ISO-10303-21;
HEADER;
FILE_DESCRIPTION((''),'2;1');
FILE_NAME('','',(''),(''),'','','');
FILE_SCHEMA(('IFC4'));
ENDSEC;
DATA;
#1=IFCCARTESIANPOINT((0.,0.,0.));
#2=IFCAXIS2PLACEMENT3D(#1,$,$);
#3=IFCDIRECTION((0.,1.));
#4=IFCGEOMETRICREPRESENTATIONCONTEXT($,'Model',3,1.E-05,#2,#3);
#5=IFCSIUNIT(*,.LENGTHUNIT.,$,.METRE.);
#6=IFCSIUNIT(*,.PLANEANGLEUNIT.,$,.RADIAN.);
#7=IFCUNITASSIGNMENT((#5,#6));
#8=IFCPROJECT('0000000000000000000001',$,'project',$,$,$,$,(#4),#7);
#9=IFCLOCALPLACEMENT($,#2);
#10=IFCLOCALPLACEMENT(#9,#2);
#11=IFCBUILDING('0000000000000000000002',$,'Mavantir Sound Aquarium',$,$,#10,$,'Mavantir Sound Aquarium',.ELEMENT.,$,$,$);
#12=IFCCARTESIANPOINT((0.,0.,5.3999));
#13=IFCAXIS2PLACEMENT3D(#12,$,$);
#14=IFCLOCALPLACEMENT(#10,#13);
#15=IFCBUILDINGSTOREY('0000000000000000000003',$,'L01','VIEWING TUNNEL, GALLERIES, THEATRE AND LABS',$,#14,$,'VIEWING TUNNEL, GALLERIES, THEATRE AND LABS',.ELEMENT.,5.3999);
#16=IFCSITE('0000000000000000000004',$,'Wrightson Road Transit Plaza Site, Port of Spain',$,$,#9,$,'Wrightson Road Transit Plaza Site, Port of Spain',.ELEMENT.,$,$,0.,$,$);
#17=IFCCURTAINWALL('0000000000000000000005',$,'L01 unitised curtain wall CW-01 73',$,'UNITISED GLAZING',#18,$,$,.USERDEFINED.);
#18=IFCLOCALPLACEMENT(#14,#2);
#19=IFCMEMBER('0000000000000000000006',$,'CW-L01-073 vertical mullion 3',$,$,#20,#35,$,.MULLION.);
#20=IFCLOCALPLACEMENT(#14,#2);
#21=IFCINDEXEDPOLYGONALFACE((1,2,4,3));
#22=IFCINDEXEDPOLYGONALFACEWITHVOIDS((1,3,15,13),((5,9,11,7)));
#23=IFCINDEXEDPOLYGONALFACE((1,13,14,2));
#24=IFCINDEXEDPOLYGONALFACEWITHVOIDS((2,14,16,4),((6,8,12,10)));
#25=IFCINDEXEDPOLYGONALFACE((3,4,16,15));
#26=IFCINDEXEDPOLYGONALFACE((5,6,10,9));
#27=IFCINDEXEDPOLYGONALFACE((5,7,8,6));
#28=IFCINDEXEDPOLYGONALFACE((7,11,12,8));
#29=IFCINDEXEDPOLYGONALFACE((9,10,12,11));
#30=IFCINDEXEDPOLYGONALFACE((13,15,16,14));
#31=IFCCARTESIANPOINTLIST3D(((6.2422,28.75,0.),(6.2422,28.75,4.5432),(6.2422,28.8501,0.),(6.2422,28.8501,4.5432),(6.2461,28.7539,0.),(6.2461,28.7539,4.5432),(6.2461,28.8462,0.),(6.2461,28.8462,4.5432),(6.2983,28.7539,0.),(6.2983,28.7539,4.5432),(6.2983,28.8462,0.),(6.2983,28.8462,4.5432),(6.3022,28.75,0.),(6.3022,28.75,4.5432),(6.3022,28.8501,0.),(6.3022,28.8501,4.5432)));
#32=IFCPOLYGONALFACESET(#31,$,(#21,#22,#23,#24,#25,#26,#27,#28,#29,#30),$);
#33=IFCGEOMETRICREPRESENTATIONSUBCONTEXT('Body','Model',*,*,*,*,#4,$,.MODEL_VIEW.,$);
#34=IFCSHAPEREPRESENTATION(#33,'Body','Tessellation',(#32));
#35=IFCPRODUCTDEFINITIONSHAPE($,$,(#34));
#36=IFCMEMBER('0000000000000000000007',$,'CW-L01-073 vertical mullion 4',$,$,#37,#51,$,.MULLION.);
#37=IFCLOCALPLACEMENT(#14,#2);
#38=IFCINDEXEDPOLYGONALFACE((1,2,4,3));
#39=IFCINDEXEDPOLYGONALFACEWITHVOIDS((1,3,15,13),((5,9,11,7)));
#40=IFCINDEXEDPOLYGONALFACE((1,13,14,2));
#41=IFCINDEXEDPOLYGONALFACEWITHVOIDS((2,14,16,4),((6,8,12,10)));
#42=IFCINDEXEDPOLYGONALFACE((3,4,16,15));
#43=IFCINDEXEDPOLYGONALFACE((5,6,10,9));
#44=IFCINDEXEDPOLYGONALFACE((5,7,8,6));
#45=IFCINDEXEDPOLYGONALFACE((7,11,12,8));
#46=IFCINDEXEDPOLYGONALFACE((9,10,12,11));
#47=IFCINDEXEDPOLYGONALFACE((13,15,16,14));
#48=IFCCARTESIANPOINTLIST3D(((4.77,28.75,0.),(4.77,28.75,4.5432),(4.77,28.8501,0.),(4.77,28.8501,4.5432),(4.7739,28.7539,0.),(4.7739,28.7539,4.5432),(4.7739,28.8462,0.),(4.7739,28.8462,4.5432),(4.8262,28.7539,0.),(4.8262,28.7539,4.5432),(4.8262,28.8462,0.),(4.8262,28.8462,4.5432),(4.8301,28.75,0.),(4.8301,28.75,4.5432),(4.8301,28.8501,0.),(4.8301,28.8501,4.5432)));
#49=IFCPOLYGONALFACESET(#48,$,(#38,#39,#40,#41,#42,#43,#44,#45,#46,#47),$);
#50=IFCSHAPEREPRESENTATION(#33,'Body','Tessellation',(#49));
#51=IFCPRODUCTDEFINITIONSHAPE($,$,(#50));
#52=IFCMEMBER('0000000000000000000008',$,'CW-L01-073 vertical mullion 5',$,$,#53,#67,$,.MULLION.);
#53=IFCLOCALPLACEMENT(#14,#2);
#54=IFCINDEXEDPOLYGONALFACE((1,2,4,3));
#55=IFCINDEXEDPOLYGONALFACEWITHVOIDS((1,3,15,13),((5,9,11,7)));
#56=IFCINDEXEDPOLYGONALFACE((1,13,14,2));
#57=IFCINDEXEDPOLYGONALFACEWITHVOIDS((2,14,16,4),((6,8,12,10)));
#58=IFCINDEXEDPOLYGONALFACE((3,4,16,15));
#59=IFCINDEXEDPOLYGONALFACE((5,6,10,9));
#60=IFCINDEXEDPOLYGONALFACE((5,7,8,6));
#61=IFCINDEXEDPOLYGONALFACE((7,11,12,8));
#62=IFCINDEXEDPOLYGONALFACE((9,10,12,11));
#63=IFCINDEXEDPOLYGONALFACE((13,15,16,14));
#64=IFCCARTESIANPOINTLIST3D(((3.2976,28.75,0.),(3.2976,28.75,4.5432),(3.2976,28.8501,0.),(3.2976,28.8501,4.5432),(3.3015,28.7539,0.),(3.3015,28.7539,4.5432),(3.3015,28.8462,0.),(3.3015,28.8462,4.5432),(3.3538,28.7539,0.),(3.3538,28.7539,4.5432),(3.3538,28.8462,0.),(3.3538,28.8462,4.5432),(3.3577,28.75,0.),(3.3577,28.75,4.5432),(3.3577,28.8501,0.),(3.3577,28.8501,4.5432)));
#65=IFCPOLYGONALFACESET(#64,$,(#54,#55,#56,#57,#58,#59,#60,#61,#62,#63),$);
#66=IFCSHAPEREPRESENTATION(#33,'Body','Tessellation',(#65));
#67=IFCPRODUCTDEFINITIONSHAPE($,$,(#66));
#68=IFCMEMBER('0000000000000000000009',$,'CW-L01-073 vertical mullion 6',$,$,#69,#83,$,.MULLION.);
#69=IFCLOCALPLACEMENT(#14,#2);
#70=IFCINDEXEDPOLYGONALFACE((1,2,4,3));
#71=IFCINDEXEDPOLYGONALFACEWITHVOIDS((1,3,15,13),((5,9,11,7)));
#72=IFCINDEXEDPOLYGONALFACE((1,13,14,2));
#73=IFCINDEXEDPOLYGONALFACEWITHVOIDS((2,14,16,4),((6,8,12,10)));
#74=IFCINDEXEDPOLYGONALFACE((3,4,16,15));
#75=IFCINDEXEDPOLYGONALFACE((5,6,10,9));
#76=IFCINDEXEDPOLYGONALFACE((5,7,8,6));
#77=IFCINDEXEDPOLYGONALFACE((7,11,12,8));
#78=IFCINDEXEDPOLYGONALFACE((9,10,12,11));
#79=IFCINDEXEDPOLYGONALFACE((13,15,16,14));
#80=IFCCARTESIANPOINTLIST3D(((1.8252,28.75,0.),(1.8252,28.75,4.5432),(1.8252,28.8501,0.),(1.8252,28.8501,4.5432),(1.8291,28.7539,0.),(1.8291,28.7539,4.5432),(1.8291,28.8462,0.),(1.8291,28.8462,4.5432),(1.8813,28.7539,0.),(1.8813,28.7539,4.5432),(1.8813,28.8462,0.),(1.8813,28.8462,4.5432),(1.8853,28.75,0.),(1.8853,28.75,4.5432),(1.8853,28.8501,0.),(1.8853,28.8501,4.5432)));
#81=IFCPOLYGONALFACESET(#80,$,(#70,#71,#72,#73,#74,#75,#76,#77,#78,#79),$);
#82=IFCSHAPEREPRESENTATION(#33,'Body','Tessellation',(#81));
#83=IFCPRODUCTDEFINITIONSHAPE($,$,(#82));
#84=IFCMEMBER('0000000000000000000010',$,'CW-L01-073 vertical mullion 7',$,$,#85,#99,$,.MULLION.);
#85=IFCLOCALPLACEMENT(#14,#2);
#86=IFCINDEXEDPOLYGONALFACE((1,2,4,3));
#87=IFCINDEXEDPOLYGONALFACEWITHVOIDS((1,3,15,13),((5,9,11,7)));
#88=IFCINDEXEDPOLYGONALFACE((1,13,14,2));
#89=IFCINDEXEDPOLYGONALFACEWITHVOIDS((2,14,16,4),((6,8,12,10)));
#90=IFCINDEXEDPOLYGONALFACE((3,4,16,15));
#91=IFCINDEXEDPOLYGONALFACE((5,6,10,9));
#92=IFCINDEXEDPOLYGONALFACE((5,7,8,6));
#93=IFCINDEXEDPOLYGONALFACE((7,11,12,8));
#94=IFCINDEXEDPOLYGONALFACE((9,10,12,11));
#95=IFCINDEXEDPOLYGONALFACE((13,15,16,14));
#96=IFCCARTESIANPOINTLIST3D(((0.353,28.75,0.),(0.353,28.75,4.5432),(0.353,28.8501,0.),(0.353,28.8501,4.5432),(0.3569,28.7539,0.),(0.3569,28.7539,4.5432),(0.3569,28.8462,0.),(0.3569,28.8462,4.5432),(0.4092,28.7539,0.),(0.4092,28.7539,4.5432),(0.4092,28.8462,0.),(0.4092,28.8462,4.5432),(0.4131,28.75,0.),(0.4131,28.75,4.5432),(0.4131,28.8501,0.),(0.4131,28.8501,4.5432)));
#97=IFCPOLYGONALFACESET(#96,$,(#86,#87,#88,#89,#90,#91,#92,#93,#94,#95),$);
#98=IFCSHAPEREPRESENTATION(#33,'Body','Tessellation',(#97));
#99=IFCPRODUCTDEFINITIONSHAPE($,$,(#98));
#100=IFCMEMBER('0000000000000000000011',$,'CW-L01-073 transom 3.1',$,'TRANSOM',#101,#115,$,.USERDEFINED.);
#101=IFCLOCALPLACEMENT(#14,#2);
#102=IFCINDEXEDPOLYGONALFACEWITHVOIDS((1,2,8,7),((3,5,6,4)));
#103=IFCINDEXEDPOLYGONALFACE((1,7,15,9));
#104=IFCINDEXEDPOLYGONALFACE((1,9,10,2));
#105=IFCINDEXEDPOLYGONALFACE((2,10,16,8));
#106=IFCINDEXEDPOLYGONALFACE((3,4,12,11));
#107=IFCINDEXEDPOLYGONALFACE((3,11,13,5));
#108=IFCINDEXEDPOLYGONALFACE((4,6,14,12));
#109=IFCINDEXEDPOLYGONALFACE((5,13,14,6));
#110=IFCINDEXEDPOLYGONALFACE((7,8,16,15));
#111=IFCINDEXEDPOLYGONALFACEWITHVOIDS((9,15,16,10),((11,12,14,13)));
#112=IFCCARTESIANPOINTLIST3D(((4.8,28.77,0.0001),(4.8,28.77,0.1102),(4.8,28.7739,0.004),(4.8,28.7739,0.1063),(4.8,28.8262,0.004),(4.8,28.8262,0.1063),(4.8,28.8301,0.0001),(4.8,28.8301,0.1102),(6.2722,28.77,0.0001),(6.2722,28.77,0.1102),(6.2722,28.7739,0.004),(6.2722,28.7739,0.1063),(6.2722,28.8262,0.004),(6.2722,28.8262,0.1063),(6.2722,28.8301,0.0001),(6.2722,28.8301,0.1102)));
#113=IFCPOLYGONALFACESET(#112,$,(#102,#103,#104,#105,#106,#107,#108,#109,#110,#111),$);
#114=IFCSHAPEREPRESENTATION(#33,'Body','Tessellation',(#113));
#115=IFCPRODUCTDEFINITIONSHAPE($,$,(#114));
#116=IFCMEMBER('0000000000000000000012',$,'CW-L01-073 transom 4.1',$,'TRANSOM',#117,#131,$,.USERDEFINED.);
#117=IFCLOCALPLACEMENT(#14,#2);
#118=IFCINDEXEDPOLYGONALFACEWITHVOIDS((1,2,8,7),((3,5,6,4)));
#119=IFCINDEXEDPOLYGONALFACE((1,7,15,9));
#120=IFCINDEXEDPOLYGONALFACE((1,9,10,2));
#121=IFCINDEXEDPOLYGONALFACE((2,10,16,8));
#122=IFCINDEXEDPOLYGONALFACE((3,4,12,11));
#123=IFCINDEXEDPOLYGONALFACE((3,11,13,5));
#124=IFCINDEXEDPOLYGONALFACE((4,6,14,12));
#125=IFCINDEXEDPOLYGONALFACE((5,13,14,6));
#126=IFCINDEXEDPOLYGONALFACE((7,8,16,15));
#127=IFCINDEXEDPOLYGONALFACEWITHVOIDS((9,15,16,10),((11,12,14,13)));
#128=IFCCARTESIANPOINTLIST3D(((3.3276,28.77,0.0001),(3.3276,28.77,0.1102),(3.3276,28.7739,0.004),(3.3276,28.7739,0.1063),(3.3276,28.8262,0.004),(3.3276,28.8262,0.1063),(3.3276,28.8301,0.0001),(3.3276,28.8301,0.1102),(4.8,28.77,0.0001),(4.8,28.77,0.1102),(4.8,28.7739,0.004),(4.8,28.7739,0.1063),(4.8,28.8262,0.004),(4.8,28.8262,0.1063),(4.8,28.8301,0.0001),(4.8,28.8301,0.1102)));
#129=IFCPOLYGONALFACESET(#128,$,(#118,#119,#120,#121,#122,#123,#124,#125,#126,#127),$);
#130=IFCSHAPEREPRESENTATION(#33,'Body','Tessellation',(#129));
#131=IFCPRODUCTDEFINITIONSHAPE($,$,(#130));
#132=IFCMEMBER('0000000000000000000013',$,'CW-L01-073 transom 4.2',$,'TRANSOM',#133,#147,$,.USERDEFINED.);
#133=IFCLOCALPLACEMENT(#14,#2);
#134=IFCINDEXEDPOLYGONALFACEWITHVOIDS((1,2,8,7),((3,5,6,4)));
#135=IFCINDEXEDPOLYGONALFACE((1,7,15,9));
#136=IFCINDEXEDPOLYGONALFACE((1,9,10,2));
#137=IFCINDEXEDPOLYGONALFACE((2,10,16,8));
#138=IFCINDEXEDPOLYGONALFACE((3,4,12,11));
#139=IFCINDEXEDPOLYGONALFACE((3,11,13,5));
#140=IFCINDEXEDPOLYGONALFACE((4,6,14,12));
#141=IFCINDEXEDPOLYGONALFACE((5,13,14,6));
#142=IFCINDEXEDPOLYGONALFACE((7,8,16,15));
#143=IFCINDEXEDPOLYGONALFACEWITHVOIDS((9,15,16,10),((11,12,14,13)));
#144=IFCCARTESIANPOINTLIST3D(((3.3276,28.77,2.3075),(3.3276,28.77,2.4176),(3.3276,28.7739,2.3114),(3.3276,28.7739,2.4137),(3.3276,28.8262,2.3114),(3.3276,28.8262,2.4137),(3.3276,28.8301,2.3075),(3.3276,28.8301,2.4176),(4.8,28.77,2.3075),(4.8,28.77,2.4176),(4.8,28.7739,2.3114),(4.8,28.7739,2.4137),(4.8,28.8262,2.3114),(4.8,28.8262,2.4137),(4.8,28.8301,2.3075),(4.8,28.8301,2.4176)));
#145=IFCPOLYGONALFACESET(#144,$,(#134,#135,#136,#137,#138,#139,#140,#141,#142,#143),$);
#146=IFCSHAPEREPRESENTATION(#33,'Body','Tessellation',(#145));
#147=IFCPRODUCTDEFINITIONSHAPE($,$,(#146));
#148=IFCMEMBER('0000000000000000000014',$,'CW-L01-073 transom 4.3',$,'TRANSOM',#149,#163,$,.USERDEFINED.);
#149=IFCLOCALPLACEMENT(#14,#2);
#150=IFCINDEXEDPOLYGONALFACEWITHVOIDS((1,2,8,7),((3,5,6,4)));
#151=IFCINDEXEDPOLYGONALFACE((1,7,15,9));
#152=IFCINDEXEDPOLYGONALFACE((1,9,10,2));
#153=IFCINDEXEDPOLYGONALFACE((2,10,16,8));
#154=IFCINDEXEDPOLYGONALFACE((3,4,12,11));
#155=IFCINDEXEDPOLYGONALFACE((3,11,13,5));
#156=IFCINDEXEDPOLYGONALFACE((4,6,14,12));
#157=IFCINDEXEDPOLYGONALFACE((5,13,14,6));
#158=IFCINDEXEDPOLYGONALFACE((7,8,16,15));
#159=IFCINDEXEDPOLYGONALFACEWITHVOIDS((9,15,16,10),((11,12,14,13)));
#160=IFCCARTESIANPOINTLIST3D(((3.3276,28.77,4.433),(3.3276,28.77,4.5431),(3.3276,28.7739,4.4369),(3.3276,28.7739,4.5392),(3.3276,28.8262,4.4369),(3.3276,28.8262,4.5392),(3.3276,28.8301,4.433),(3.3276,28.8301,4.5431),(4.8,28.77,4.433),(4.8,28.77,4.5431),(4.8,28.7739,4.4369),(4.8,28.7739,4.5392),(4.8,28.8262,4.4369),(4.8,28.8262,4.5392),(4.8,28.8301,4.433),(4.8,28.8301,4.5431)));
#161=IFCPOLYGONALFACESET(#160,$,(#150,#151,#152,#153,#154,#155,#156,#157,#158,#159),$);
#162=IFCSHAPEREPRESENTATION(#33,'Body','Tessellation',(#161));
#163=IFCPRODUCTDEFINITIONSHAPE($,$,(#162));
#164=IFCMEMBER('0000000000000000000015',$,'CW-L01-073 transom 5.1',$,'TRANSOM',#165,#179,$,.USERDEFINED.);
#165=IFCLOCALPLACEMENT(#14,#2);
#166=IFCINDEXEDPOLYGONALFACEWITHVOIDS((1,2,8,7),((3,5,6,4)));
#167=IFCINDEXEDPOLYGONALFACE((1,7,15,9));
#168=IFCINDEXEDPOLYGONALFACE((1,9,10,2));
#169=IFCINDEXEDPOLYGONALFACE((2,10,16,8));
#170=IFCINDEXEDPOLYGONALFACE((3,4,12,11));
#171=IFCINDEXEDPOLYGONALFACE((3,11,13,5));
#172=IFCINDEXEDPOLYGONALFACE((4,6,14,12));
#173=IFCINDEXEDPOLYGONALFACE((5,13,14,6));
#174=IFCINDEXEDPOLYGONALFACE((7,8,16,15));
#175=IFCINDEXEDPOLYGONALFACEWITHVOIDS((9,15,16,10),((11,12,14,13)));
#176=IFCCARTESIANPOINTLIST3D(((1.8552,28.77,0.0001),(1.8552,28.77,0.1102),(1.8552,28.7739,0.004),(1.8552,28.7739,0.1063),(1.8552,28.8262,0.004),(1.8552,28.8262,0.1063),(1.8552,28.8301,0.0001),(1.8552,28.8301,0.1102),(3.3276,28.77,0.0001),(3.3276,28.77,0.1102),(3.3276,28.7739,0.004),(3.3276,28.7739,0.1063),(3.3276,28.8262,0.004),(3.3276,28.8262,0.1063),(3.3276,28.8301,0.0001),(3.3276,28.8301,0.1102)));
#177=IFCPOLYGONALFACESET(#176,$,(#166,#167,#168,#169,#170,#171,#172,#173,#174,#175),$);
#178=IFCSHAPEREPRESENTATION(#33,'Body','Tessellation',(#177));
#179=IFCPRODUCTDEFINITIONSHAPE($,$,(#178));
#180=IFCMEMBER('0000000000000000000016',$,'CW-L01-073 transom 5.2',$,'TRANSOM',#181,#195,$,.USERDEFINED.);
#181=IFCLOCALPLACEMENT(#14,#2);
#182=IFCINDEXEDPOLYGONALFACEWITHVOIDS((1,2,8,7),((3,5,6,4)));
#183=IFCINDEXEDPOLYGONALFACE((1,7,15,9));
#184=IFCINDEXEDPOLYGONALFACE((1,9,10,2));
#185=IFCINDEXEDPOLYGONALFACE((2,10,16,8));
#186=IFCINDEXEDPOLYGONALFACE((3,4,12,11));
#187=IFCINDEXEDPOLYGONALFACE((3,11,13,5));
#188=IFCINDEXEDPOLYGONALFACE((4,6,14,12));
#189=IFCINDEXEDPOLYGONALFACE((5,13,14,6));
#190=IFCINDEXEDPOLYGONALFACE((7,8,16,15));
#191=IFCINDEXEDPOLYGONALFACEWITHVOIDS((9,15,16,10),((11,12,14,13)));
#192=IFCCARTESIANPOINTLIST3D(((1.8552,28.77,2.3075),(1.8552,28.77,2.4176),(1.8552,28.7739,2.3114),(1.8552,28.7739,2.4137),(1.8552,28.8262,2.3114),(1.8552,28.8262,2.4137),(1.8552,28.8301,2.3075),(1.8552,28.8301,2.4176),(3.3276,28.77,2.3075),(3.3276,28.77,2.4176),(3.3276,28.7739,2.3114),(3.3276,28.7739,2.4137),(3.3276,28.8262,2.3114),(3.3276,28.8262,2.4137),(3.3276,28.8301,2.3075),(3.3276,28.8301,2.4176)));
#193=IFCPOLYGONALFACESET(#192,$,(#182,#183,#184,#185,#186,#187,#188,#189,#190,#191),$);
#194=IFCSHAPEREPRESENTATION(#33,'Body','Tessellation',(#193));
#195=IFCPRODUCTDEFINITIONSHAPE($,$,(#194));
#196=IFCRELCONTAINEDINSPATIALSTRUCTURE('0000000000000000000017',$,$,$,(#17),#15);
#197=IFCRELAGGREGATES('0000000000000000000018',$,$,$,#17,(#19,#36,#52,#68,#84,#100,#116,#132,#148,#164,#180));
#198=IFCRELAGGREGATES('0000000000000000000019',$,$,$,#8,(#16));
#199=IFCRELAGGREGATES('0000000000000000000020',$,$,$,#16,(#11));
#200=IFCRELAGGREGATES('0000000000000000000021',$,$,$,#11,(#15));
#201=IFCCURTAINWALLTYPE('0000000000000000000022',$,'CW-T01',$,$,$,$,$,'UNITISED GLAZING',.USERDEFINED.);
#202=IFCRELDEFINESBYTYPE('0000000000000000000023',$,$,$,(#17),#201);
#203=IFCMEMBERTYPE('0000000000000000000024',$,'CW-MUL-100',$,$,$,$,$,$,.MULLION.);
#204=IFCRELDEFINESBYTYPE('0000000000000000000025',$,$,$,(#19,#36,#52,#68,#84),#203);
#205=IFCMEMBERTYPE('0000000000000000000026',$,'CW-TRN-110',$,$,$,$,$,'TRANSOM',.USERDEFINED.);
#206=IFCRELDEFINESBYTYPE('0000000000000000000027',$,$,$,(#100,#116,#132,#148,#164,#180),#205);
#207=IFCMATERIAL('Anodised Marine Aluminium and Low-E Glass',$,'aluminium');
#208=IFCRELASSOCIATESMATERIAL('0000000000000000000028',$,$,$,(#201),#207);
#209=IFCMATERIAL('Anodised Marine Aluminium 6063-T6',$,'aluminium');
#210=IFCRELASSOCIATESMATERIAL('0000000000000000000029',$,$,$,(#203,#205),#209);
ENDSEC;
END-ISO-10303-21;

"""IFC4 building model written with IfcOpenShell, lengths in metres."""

from ifc_helpers import new_model, si_unit, direction, frame, origin, origin_2d, place, context, subcontext, project, spatial, hollow_rectangle, extrude, material, material_profile, profile_set, type_object, element, aggregate, save


model = new_model("IFC4")

# Units and contexts
model_context = context("Model", 3, precision=1e-05, world=origin(), true_north=direction((0.0, 1.0)))
body_context = subcontext(model_context, "Body", "Model", "MODEL_VIEW")
ifc_project = project(units=[si_unit("LENGTHUNIT", "METRE"), si_unit("PLANEANGLEUNIT", "RADIAN")], contexts=[model_context])

# Site, building, storey
site_placement = place(None, origin())
site = spatial("IfcSite", under=ifc_project, at=site_placement, Name="Wrightson Road Transit Plaza Site, Port of Spain", LongName="Wrightson Road Transit Plaza Site, Port of Spain", CompositionType="ELEMENT", RefElevation=0.0)
building_placement = place(site_placement, origin())
building = spatial("IfcBuilding", under=site, at=building_placement, Name="Mavantir Sound Aquarium", LongName="Mavantir Sound Aquarium", CompositionType="ELEMENT")
storey_placement = place(building_placement, frame((0.0, 0.0, 5.3999)))
storey = spatial("IfcBuildingStorey", under=building, at=storey_placement, Name="L01", Description="VIEWING TUNNEL, GALLERIES, THEATRE AND LABS", LongName="VIEWING TUNNEL, GALLERIES, THEATRE AND LABS", CompositionType="ELEMENT", Elevation=5.3999)

# Curtain wall, members
ifc_material_1 = material(Name="Anodised Marine Aluminium and Low-E Glass", Category="aluminium")
curtain_wall_type = type_object("IfcCurtainWallType", Name="CW-T01", ElementType="UNITISED GLAZING", PredefinedType="USERDEFINED", material=ifc_material_1)
curtain_wall_placement = place(storey_placement, origin())
curtain_wall = element("IfcCurtainWall", 1, at=curtain_wall_placement, inside=storey, type_object=curtain_wall_type, Name="L01 unitised curtain wall CW-01 73", ObjectType="UNITISED GLAZING", PredefinedType="USERDEFINED")
ifc_material_2 = material(Name="Anodised Marine Aluminium 6063-T6", Category="aluminium")
ifc_material_profile_1 = material_profile(ifc_material_2, hollow_rectangle(XDim=0.0601, YDim=0.1001, WallThickness=0.0039, at=origin_2d()), Name="ALU-MULLION-100X60")
ifc_profile_set_1 = profile_set([ifc_material_profile_1], Name="Anodised Marine Aluminium 6063-T6")
member_type_1 = type_object("IfcMemberType", Name="CW-MUL-100", PredefinedType="MULLION", material=ifc_profile_set_1)
member_1_placement = place(storey_placement, frame((6.2722, 28.8, 0.0), z_axis=(0.0, 0.0, 1.0), x_axis=(1.0, 0.0, 0.0)))
member_1 = element("IfcMember", 2, at=member_1_placement, type_object=member_type_1, Name="CW-L01-073 vertical mullion 3", PredefinedType="MULLION", context=body_context, shape_type="SweptSolid", body=[
    extrude(hollow_rectangle(XDim=0.0601, YDim=0.1001, WallThickness=0.0039, at=origin_2d()), origin(), (0.0, 0.0, 1.0), 4.5432),
])
member_2_placement = place(storey_placement, frame((4.8, 28.8, 0.0), z_axis=(0.0, 0.0, 1.0), x_axis=(1.0, 0.0, 0.0)))
member_2 = element("IfcMember", 3, at=member_2_placement, type_object=member_type_1, Name="CW-L01-073 vertical mullion 4", PredefinedType="MULLION", context=body_context, shape_type="SweptSolid", body=[
    extrude(hollow_rectangle(XDim=0.0601, YDim=0.1001, WallThickness=0.0039, at=origin_2d()), origin(), (0.0, 0.0, 1.0), 4.5432),
])
member_3_placement = place(storey_placement, frame((3.3276, 28.8, 0.0), z_axis=(0.0, 0.0, 1.0), x_axis=(1.0, 0.0, 0.0)))
member_3 = element("IfcMember", 4, at=member_3_placement, type_object=member_type_1, Name="CW-L01-073 vertical mullion 5", PredefinedType="MULLION", context=body_context, shape_type="SweptSolid", body=[
    extrude(hollow_rectangle(XDim=0.0601, YDim=0.1001, WallThickness=0.0039, at=origin_2d()), origin(), (0.0, 0.0, 1.0), 4.5432),
])
member_4_placement = place(storey_placement, frame((1.8552, 28.8, 0.0), z_axis=(0.0, 0.0, 1.0), x_axis=(1.0, 0.0, 0.0)))
member_4 = element("IfcMember", 5, at=member_4_placement, type_object=member_type_1, Name="CW-L01-073 vertical mullion 6", PredefinedType="MULLION", context=body_context, shape_type="SweptSolid", body=[
    extrude(hollow_rectangle(XDim=0.0601, YDim=0.1001, WallThickness=0.0039, at=origin_2d()), origin(), (0.0, 0.0, 1.0), 4.5432),
])
member_5_placement = place(storey_placement, frame((0.3831, 28.8, 0.0), z_axis=(0.0, 0.0, 1.0), x_axis=(1.0, 0.0, 0.0)))
member_5 = element("IfcMember", 6, at=member_5_placement, type_object=member_type_1, Name="CW-L01-073 vertical mullion 7", PredefinedType="MULLION", context=body_context, shape_type="SweptSolid", body=[
    extrude(hollow_rectangle(XDim=0.0601, YDim=0.1001, WallThickness=0.0039, at=origin_2d()), origin(), (0.0, 0.0, 1.0), 4.5432),
])
ifc_material_profile_2 = material_profile(ifc_material_2, hollow_rectangle(XDim=0.0601, YDim=0.1101, WallThickness=0.0039, at=origin_2d()), Name="ALU-TRANSOM-110X60")
ifc_profile_set_2 = profile_set([ifc_material_profile_2], Name="Anodised Marine Aluminium 6063-T6")
member_type_2 = type_object("IfcMemberType", Name="CW-TRN-110", ElementType="TRANSOM", PredefinedType="USERDEFINED", material=ifc_profile_set_2)
member_6_placement = place(storey_placement, frame((6.2722, 28.8, 0.0552), z_axis=(-1.0, 0.0, 0.0), x_axis=(0.0, -1.0, 0.0)))
member_6 = element("IfcMember", 7, at=member_6_placement, type_object=member_type_2, Name="CW-L01-073 transom 3.1", ObjectType="TRANSOM", PredefinedType="USERDEFINED", context=body_context, shape_type="SweptSolid", body=[
    extrude(hollow_rectangle(XDim=0.0601, YDim=0.1101, WallThickness=0.0039, at=origin_2d()), origin(), (0.0, 0.0, 1.0), 1.4722),
])
member_7_placement = place(storey_placement, frame((4.8, 28.8, 0.0552), z_axis=(-1.0, 0.0, 0.0), x_axis=(0.0, -1.0, 0.0)))
member_7 = element("IfcMember", 8, at=member_7_placement, type_object=member_type_2, Name="CW-L01-073 transom 4.1", ObjectType="TRANSOM", PredefinedType="USERDEFINED", context=body_context, shape_type="SweptSolid", body=[
    extrude(hollow_rectangle(XDim=0.0601, YDim=0.1101, WallThickness=0.0039, at=origin_2d()), origin(), (0.0, 0.0, 1.0), 1.4724),
])
member_8_placement = place(storey_placement, frame((4.8, 28.8, 2.3625), z_axis=(-1.0, 0.0, 0.0), x_axis=(0.0, -1.0, 0.0)))
member_8 = element("IfcMember", 9, at=member_8_placement, type_object=member_type_2, Name="CW-L01-073 transom 4.2", ObjectType="TRANSOM", PredefinedType="USERDEFINED", context=body_context, shape_type="SweptSolid", body=[
    extrude(hollow_rectangle(XDim=0.0601, YDim=0.1101, WallThickness=0.0039, at=origin_2d()), origin(), (0.0, 0.0, 1.0), 1.4724),
])
member_9_placement = place(storey_placement, frame((4.8, 28.8, 4.488), z_axis=(-1.0, 0.0, 0.0), x_axis=(0.0, -1.0, 0.0)))
member_9 = element("IfcMember", 10, at=member_9_placement, type_object=member_type_2, Name="CW-L01-073 transom 4.3", ObjectType="TRANSOM", PredefinedType="USERDEFINED", context=body_context, shape_type="SweptSolid", body=[
    extrude(hollow_rectangle(XDim=0.0601, YDim=0.1101, WallThickness=0.0039, at=origin_2d()), origin(), (0.0, 0.0, 1.0), 1.4724),
])
member_10_placement = place(storey_placement, frame((3.3276, 28.8, 0.0552), z_axis=(-1.0, 0.0, 0.0), x_axis=(0.0, -1.0, 0.0)))
member_10 = element("IfcMember", 11, at=member_10_placement, type_object=member_type_2, Name="CW-L01-073 transom 5.1", ObjectType="TRANSOM", PredefinedType="USERDEFINED", context=body_context, shape_type="SweptSolid", body=[
    extrude(hollow_rectangle(XDim=0.0601, YDim=0.1101, WallThickness=0.0039, at=origin_2d()), origin(), (0.0, 0.0, 1.0), 1.4724),
])
member_11_placement = place(storey_placement, frame((3.3276, 28.8, 2.3625), z_axis=(-1.0, 0.0, 0.0), x_axis=(0.0, -1.0, 0.0)))
member_11 = element("IfcMember", 12, at=member_11_placement, type_object=member_type_2, Name="CW-L01-073 transom 5.2", ObjectType="TRANSOM", PredefinedType="USERDEFINED", context=body_context, shape_type="SweptSolid", body=[
    extrude(hollow_rectangle(XDim=0.0601, YDim=0.1101, WallThickness=0.0039, at=origin_2d()), origin(), (0.0, 0.0, 1.0), 1.4724),
])
aggregate(curtain_wall, [member_1, member_2, member_3, member_4, member_5, member_6, member_7, member_8, member_9, member_10, member_11])

save(model, "model.ifc")
